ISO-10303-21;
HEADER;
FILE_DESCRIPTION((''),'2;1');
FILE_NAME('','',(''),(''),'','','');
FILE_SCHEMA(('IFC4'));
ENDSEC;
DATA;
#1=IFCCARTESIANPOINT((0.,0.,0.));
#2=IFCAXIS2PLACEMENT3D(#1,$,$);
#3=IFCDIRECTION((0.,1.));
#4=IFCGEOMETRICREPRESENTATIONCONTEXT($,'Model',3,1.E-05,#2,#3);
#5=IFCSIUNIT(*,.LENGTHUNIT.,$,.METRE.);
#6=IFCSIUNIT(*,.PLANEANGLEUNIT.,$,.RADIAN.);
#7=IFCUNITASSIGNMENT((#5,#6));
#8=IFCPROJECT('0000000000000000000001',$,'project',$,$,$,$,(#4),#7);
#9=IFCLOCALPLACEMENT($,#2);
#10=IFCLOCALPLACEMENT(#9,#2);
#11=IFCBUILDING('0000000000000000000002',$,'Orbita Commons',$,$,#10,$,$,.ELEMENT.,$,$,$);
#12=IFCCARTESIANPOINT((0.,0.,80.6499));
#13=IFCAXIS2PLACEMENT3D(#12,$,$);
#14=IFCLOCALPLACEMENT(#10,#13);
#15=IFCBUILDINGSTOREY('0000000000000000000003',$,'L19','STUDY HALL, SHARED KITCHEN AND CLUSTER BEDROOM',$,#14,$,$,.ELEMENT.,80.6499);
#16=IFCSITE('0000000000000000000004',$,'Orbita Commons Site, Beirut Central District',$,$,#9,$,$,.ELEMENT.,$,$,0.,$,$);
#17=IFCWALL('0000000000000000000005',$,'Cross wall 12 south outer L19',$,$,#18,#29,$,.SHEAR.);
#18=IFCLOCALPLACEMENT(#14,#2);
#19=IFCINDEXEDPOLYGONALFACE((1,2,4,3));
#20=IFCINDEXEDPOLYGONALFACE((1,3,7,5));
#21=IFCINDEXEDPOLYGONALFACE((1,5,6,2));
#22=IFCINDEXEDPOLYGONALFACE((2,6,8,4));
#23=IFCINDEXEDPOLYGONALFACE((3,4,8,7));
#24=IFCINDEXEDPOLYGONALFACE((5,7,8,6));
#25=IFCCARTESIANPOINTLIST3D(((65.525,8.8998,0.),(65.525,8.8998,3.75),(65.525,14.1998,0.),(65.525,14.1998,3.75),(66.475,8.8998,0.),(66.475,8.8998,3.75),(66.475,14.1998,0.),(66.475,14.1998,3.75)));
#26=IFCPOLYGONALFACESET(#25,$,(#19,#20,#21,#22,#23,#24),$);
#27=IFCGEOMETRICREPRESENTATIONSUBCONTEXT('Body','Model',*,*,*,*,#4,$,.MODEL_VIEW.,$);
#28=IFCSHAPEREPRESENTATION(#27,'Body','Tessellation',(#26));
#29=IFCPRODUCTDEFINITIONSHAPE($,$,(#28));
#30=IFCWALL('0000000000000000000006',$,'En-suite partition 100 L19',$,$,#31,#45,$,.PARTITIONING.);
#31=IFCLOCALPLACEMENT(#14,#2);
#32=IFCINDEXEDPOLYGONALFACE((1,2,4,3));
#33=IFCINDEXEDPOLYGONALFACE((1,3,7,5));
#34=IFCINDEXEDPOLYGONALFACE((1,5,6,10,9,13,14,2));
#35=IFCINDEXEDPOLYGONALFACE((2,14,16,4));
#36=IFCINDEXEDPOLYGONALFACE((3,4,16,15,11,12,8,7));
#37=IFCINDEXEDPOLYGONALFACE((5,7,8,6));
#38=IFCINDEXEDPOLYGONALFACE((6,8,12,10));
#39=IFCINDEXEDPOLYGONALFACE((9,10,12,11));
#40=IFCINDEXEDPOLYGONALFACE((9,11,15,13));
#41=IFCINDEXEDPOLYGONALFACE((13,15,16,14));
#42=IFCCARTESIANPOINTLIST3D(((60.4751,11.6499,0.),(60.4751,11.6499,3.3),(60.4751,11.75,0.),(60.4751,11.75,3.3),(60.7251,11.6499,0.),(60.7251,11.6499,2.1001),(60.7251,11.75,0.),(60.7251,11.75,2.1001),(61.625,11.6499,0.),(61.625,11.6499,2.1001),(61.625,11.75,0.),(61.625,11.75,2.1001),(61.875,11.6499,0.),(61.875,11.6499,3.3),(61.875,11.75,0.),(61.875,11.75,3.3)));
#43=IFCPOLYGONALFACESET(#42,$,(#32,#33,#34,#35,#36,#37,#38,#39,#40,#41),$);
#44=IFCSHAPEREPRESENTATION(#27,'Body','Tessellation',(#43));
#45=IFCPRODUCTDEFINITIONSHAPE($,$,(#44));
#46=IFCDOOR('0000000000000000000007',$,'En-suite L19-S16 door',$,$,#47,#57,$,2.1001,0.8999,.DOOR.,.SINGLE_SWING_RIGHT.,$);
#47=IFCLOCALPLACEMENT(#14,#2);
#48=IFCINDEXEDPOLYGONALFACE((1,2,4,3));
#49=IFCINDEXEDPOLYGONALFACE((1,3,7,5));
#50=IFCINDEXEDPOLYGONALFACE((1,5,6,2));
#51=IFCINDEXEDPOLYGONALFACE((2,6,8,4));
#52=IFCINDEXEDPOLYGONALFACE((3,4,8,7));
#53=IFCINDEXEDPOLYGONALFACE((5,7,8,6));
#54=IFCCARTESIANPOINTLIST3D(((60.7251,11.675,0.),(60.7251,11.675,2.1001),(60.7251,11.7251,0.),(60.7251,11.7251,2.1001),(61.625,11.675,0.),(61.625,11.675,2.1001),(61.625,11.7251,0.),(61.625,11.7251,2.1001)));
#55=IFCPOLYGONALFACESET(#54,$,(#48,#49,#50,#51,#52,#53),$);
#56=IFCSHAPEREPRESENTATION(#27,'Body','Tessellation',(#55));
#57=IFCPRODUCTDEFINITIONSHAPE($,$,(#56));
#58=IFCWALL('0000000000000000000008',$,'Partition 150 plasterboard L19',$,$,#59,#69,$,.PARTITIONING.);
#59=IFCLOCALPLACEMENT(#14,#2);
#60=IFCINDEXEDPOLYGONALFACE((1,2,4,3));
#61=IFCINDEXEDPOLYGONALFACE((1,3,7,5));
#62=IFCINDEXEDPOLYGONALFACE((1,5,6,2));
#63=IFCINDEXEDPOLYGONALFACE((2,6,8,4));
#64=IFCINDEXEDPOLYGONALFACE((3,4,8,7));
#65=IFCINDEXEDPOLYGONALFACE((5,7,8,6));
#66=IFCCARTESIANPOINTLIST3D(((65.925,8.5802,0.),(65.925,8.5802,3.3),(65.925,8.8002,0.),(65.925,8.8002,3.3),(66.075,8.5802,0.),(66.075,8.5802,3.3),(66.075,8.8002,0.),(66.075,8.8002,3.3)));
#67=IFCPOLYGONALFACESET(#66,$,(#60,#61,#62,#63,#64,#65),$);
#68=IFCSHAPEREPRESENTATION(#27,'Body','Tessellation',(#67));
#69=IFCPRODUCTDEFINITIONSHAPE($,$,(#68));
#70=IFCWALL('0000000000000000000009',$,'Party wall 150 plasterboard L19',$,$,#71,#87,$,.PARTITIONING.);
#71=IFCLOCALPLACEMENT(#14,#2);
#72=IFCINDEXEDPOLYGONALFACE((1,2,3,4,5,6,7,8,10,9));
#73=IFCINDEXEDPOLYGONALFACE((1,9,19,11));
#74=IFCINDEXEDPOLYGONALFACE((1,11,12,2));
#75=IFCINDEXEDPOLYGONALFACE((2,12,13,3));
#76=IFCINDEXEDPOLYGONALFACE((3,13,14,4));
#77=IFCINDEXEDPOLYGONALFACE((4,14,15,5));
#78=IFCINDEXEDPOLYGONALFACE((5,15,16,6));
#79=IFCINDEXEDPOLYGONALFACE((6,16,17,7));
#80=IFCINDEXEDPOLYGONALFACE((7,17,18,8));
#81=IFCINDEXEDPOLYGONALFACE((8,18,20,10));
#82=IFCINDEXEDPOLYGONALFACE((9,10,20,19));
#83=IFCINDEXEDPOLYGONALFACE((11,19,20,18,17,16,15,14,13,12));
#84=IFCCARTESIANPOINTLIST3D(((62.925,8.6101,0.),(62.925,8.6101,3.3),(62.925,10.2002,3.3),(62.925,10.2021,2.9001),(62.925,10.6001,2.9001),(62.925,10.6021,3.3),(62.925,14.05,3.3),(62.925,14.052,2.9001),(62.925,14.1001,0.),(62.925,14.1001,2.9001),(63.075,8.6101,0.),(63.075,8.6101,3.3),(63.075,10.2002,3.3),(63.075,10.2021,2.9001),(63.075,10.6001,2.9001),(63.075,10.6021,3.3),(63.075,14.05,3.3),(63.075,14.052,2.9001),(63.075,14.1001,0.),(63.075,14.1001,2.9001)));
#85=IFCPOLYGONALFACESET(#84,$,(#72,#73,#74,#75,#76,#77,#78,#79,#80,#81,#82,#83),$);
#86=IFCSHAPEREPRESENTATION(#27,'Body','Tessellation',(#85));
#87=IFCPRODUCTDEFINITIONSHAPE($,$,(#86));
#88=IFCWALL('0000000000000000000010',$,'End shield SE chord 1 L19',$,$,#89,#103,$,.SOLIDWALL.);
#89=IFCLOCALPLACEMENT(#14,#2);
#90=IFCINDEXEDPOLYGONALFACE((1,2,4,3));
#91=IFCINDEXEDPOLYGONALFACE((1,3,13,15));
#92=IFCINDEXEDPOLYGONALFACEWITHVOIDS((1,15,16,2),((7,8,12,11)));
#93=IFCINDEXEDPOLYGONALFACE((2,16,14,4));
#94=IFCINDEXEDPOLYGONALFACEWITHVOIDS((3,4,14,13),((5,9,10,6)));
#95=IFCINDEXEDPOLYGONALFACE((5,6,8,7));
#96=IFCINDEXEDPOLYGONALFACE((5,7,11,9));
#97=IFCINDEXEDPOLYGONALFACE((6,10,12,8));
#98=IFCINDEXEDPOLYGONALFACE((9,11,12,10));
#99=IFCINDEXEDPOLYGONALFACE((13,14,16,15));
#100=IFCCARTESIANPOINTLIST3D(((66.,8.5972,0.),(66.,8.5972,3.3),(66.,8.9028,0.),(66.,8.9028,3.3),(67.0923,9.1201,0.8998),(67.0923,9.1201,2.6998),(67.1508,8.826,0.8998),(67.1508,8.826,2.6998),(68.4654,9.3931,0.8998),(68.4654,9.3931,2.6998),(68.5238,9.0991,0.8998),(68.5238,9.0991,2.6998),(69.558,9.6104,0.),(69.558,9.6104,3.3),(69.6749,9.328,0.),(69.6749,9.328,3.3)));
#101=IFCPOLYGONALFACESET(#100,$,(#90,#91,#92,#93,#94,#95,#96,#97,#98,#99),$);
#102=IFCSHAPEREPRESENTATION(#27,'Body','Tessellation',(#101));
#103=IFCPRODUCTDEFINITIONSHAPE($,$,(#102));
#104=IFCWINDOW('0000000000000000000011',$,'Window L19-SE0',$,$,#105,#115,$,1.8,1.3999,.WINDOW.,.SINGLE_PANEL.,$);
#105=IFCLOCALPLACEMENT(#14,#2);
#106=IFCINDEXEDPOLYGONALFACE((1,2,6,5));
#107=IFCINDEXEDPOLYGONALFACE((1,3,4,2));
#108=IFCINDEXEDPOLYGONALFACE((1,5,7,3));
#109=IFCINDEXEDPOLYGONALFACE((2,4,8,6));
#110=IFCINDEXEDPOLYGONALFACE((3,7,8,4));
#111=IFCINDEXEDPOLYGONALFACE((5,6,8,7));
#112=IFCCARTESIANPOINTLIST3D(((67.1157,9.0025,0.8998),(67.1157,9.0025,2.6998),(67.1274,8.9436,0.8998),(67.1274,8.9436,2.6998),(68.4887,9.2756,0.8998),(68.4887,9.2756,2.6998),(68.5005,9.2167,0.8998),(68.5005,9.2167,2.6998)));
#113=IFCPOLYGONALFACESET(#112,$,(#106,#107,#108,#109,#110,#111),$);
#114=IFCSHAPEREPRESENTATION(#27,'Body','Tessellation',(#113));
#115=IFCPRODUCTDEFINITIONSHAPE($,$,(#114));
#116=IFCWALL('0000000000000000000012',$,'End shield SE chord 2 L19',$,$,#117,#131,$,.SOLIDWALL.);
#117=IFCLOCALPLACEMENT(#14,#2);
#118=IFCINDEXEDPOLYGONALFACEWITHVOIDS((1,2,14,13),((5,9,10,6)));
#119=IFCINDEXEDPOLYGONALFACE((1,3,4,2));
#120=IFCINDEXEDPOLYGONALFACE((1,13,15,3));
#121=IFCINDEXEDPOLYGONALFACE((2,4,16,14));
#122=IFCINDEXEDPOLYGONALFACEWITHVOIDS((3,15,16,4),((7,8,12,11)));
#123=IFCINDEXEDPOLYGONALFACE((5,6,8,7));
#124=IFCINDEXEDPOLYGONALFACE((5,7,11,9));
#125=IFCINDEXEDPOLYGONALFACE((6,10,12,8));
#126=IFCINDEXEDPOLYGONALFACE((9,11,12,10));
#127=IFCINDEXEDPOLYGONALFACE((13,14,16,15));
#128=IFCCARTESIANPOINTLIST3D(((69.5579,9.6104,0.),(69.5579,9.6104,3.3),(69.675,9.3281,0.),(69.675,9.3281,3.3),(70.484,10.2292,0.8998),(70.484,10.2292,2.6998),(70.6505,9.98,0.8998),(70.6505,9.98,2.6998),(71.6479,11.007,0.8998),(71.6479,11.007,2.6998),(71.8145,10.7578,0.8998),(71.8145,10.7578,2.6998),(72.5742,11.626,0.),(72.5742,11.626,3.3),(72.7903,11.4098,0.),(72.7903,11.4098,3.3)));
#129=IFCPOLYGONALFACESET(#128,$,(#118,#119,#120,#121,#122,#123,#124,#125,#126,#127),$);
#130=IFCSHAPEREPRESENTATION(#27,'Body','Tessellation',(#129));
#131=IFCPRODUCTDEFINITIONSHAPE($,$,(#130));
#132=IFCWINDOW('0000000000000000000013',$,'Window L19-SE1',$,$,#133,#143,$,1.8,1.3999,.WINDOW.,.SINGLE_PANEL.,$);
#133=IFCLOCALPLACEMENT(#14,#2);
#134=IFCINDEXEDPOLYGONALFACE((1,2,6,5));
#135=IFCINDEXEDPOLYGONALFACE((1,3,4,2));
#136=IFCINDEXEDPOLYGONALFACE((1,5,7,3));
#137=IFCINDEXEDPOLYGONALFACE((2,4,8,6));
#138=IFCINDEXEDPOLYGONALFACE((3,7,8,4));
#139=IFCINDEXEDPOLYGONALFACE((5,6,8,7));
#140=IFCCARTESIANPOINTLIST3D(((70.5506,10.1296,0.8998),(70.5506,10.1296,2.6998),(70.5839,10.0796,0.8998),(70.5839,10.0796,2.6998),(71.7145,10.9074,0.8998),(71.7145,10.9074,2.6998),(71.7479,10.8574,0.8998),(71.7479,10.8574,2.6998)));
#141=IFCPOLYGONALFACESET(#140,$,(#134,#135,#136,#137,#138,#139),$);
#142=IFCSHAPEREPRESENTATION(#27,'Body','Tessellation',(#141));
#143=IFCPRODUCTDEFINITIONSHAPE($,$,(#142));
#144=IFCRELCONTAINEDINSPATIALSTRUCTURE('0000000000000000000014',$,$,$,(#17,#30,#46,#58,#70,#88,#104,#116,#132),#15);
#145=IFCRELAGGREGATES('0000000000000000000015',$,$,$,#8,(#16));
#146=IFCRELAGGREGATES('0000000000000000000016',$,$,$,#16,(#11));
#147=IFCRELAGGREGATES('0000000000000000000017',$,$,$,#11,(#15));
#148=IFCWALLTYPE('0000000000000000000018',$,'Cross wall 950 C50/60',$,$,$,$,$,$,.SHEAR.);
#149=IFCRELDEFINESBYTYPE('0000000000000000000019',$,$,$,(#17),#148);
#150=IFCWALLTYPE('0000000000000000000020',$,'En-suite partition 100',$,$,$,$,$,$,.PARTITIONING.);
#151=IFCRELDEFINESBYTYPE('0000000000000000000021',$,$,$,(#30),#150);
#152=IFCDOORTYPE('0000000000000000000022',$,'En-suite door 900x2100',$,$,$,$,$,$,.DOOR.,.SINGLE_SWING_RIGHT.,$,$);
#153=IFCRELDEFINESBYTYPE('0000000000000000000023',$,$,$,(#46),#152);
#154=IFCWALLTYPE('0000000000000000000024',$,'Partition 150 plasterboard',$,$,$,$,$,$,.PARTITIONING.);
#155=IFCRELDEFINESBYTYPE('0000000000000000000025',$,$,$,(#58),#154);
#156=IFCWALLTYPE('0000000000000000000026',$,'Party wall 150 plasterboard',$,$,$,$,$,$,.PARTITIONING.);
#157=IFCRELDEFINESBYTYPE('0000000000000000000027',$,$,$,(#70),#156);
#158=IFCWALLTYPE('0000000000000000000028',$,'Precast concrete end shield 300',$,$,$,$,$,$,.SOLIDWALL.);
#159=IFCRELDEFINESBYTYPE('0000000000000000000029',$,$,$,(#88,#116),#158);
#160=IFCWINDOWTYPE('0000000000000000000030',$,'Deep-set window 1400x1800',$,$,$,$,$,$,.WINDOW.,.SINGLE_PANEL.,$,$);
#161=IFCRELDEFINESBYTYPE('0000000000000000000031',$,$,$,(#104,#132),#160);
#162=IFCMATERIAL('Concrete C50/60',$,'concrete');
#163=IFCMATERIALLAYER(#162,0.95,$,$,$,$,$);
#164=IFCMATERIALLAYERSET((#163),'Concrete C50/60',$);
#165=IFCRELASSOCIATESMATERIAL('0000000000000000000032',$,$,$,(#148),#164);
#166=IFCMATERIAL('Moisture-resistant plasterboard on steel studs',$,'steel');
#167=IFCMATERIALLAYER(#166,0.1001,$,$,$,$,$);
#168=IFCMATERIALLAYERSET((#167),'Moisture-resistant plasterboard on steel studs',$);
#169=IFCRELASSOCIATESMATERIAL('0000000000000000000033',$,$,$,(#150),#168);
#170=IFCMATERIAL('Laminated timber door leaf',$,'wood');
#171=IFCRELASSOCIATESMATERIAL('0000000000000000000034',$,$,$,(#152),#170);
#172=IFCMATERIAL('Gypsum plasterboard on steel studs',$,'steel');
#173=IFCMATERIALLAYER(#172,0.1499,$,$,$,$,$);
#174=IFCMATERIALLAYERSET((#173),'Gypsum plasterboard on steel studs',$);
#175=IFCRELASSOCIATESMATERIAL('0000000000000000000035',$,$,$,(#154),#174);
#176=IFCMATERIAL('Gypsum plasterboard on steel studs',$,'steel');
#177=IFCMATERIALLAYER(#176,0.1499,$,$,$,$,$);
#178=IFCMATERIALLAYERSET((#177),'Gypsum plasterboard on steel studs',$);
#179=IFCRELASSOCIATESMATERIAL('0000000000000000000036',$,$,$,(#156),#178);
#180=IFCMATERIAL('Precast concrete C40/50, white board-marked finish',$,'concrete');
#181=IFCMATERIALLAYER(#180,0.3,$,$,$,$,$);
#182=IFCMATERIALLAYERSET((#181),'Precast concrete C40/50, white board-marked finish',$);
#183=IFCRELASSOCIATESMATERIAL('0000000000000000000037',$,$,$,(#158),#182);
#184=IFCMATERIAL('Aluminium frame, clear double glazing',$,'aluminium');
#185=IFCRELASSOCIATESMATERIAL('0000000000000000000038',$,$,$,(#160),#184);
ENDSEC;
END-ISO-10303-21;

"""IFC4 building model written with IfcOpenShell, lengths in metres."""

from ifc_helpers import new_model, si_unit, direction, frame, frame_2d, origin, place, context, subcontext, project, spatial, polyline, rectangle, outline, extrude, material, layer, layer_set, type_object, element, fill, save


model = new_model("IFC4")

# Units and contexts
model_context = context("Model", 3, precision=1e-05, world=origin(), true_north=direction((0.0, 1.0)))
body_context = subcontext(model_context, "Body", "Model", "MODEL_VIEW")
ifc_project = project(units=[si_unit("LENGTHUNIT", "METRE"), si_unit("PLANEANGLEUNIT", "RADIAN")], contexts=[model_context])

# Site, building, storey
site_placement = place(None, origin())
site = spatial("IfcSite", under=ifc_project, at=site_placement, Name="Orbita Commons Site, Beirut Central District", CompositionType="ELEMENT", RefElevation=0.0)
building_placement = place(site_placement, origin())
building = spatial("IfcBuilding", under=site, at=building_placement, Name="Orbita Commons", CompositionType="ELEMENT")
storey_placement = place(building_placement, frame((0.0, 0.0, 80.6499)))
storey = spatial("IfcBuildingStorey", under=building, at=storey_placement, Name="L19", Description="STUDY HALL, SHARED KITCHEN AND CLUSTER BEDROOM", CompositionType="ELEMENT", Elevation=80.6499)

# Wall
ifc_material_1 = material(Name="Concrete C50/60", Category="concrete")
ifc_layer_1 = layer(ifc_material_1, 0.95)
ifc_layer_set_1 = layer_set([ifc_layer_1], Name="Concrete C50/60")
wall_type_1 = type_object("IfcWallType", Name="Cross wall 950 C50/60", PredefinedType="SHEAR", material=ifc_layer_set_1)
wall_1_placement = place(storey_placement, frame((66.0, 8.8999, 0.0), z_axis=(0.0, 0.0, 1.0), x_axis=(0.0, 1.0, 0.0)))
element("IfcWall", 1, at=wall_1_placement, inside=storey, type_object=wall_type_1, Name="Cross wall 12 south outer L19", PredefinedType="SHEAR", context=body_context, shape_type="SweptSolid", body=[
    extrude(rectangle(XDim=5.3, YDim=0.95, at=frame_2d((2.6499, 0.0))), origin(), (0.0, 0.0, 1.0), 3.75),
])

# Wall, opening, door
ifc_material_2 = material(Name="Moisture-resistant plasterboard on steel studs", Category="steel")
ifc_layer_2 = layer(ifc_material_2, 0.1001)
ifc_layer_set_2 = layer_set([ifc_layer_2], Name="Moisture-resistant plasterboard on steel studs")
wall_type_2 = type_object("IfcWallType", Name="En-suite partition 100", PredefinedType="PARTITIONING", material=ifc_layer_set_2)
wall_2_placement = place(storey_placement, frame((61.875, 11.7, 0.0), z_axis=(0.0, 0.0, 1.0), x_axis=(-1.0, 0.0, 0.0)))
wall_2 = element("IfcWall", 2, at=wall_2_placement, inside=storey, type_object=wall_type_2, Name="En-suite partition 100 L19", PredefinedType="PARTITIONING", context=body_context, shape_type="SweptSolid", body=[
    extrude(rectangle(XDim=1.3999, YDim=0.1001, at=frame_2d((0.7, 0.0))), origin(), (0.0, 0.0, 1.0), 3.3),
])
opening_1_placement = place(wall_2_placement, frame((0.25, 0.0, 0.0)))
opening_1 = element("IfcOpeningElement", 3, at=opening_1_placement, cuts=wall_2, PredefinedType="OPENING", context=body_context, shape_type="SweptSolid", body=[
    extrude(rectangle(XDim=0.8999, YDim=2.1001, at=frame_2d((0.45, 1.05))), frame((0.0, 0.0601, 0.0), z_axis=(0.0, -1.0, 0.0), x_axis=(1.0, 0.0, 0.0)), (0.0, 0.0, 1.0), 0.1201),
])
ifc_material_3 = material(Name="Laminated timber door leaf", Category="wood")
door_type_1 = type_object("IfcDoorType", Name="En-suite door 900x2100", OperationType="SINGLE_SWING_RIGHT", PredefinedType="DOOR", material=ifc_material_3)
door_1_placement = place(opening_1_placement, origin())
door_1 = element("IfcDoor", 4, at=door_1_placement, inside=storey, type_object=door_type_1, Name="En-suite L19-S16 door", OperationType="SINGLE_SWING_RIGHT", OverallHeight=2.1001, OverallWidth=0.8999, PredefinedType="DOOR", context=body_context, shape_type="SweptSolid", body=[
    extrude(rectangle(XDim=0.8999, YDim=2.1001, at=frame_2d((0.45, 1.05))), frame((0.0, 0.0249, 0.0), z_axis=(0.0, -1.0, 0.0), x_axis=(1.0, 0.0, 0.0)), (0.0, 0.0, 1.0), 0.05),
])
fill(opening_1, door_1)

# Walls
ifc_material_4 = material(Name="Gypsum plasterboard on steel studs", Category="steel")
ifc_layer_3 = layer(ifc_material_4, 0.1499)
ifc_layer_set_3 = layer_set([ifc_layer_3], Name="Gypsum plasterboard on steel studs")
wall_type_3 = type_object("IfcWallType", Name="Partition 150 plasterboard", PredefinedType="PARTITIONING", material=ifc_layer_set_3)
wall_3_placement = place(storey_placement, frame((66.0, 8.8, 0.0), z_axis=(0.0, 0.0, 1.0), x_axis=(0.0, -1.0, 0.0)))
element("IfcWall", 5, at=wall_3_placement, inside=storey, type_object=wall_type_3, Name="Partition 150 plasterboard L19", PredefinedType="PARTITIONING", context=body_context, shape_type="SweptSolid", body=[
    extrude(rectangle(XDim=0.22, YDim=0.1499, at=frame_2d((0.1099, 0.0))), origin(), (0.0, 0.0, 1.0), 3.3),
])
ifc_material_5 = material(Name="Gypsum plasterboard on steel studs", Category="steel")
ifc_layer_4 = layer(ifc_material_5, 0.1499)
ifc_layer_set_4 = layer_set([ifc_layer_4], Name="Gypsum plasterboard on steel studs")
wall_type_4 = type_object("IfcWallType", Name="Party wall 150 plasterboard", PredefinedType="PARTITIONING", material=ifc_layer_set_4)
wall_4_placement = place(storey_placement, frame((63.0, 8.6101, 0.0), z_axis=(0.0, 0.0, 1.0), x_axis=(0.0, 1.0, 0.0)))
element("IfcWall", 6, at=wall_4_placement, inside=storey, type_object=wall_type_4, Name="Party wall 150 plasterboard L19", PredefinedType="PARTITIONING", context=body_context, shape_type="SweptSolid", body=[
    extrude(outline(polyline([(0.0, 0.0), (5.49, 0.0), (5.49, 2.9001), (5.4419, 2.9001), (5.4399, 3.3), (1.9919, 3.3), (1.99, 2.9001), (1.592, 2.9001), (1.5901, 3.3), (0.0, 3.3), (0.0, 0.0)])), frame((0.0, 0.075, 0.0), z_axis=(0.0, -1.0, 0.0), x_axis=(1.0, 0.0, 0.0)), (0.0, 0.0, 1.0), 0.1499),
])

# Walls, openings, windows
ifc_material_6 = material(Name="Precast concrete C40/50, white board-marked finish", Category="concrete")
ifc_layer_5 = layer(ifc_material_6, 0.3)
ifc_layer_set_5 = layer_set([ifc_layer_5], Name="Precast concrete C40/50, white board-marked finish")
wall_type_5 = type_object("IfcWallType", Name="Precast concrete end shield 300", PredefinedType="SOLIDWALL", material=ifc_layer_set_5)
wall_5_placement = place(storey_placement, frame((66.0, 8.75, 0.0), z_axis=(0.0, 0.0, 1.0), x_axis=(0.980791, 0.195059, 0.0)))
wall_5 = element("IfcWall", 7, at=wall_5_placement, inside=storey, type_object=wall_type_5, Name="End shield SE chord 1 L19", PredefinedType="SOLIDWALL", context=body_context, shape_type="SweptSolid", body=[
    extrude(outline(polyline([(-0.0298, -0.1499), (3.717, -0.1499), (3.6575, 0.1499), (0.0298, 0.1499), (-0.0298, -0.1499)])), origin(), (0.0, 0.0, 1.0), 3.3),
])
opening_2_placement = place(wall_5_placement, frame((1.1436, 0.0, 0.8999)))
opening_2 = element("IfcOpeningElement", 8, at=opening_2_placement, cuts=wall_5, PredefinedType="OPENING", context=body_context, shape_type="SweptSolid", body=[
    extrude(rectangle(XDim=1.3999, YDim=1.8, at=frame_2d((0.7, 0.8999))), frame((0.0, 0.1599, 0.0), z_axis=(0.0, -1.0, 0.0), x_axis=(1.0, 0.0, 0.0)), (0.0, 0.0, 1.0), 0.3201),
])
ifc_material_7 = material(Name="Aluminium frame, clear double glazing", Category="aluminium")
window_type = type_object("IfcWindowType", Name="Deep-set window 1400x1800", PartitioningType="SINGLE_PANEL", PredefinedType="WINDOW", material=ifc_material_7)
window_1_placement = place(opening_2_placement, origin())
window_1 = element("IfcWindow", 9, at=window_1_placement, inside=storey, type_object=window_type, Name="Window L19-SE0", OverallHeight=1.8, OverallWidth=1.3999, PartitioningType="SINGLE_PANEL", PredefinedType="WINDOW", context=body_context, shape_type="SweptSolid", body=[
    extrude(rectangle(XDim=1.3999, YDim=1.8, at=frame_2d((0.7, 0.8999))), frame((0.0, 0.03, 0.0), z_axis=(0.0, -1.0, 0.0), x_axis=(1.0, 0.0, 0.0)), (0.0, 0.0, 1.0), 0.0601),
])
fill(opening_2, window_1)
wall_6_placement = place(storey_placement, frame((69.6165, 9.4692, 0.0), z_axis=(0.0, 0.0, 1.0), x_axis=(0.831449, 0.555601, 0.0)))
wall_6 = element("IfcWall", 10, at=wall_6_placement, inside=storey, type_object=wall_type_5, Name="End shield SE chord 2 L19", PredefinedType="SOLIDWALL", context=body_context, shape_type="SweptSolid", body=[
    extrude(outline(polyline([(-0.0298, -0.1499), (3.717, -0.1499), (3.6575, 0.1499), (0.0298, 0.1499), (-0.0298, -0.1499)])), origin(), (0.0, 0.0, 1.0), 3.3),
])
opening_3_placement = place(wall_6_placement, frame((1.1436, 0.0, 0.8999)))
opening_3 = element("IfcOpeningElement", 11, at=opening_3_placement, cuts=wall_6, PredefinedType="OPENING", context=body_context, shape_type="SweptSolid", body=[
    extrude(rectangle(XDim=1.3999, YDim=1.8, at=frame_2d((0.7, 0.8999))), frame((0.0, 0.1599, 0.0), z_axis=(0.0, -1.0, 0.0), x_axis=(1.0, 0.0, 0.0)), (0.0, 0.0, 1.0), 0.3201),
])
window_2_placement = place(opening_3_placement, origin())
window_2 = element("IfcWindow", 12, at=window_2_placement, inside=storey, type_object=window_type, Name="Window L19-SE1", OverallHeight=1.8, OverallWidth=1.3999, PartitioningType="SINGLE_PANEL", PredefinedType="WINDOW", context=body_context, shape_type="SweptSolid", body=[
    extrude(rectangle(XDim=1.3999, YDim=1.8, at=frame_2d((0.7, 0.8999))), frame((0.0, 0.03, 0.0), z_axis=(0.0, -1.0, 0.0), x_axis=(1.0, 0.0, 0.0)), (0.0, 0.0, 1.0), 0.0601),
])
fill(opening_3, window_2)

save(model, "model.ifc")
